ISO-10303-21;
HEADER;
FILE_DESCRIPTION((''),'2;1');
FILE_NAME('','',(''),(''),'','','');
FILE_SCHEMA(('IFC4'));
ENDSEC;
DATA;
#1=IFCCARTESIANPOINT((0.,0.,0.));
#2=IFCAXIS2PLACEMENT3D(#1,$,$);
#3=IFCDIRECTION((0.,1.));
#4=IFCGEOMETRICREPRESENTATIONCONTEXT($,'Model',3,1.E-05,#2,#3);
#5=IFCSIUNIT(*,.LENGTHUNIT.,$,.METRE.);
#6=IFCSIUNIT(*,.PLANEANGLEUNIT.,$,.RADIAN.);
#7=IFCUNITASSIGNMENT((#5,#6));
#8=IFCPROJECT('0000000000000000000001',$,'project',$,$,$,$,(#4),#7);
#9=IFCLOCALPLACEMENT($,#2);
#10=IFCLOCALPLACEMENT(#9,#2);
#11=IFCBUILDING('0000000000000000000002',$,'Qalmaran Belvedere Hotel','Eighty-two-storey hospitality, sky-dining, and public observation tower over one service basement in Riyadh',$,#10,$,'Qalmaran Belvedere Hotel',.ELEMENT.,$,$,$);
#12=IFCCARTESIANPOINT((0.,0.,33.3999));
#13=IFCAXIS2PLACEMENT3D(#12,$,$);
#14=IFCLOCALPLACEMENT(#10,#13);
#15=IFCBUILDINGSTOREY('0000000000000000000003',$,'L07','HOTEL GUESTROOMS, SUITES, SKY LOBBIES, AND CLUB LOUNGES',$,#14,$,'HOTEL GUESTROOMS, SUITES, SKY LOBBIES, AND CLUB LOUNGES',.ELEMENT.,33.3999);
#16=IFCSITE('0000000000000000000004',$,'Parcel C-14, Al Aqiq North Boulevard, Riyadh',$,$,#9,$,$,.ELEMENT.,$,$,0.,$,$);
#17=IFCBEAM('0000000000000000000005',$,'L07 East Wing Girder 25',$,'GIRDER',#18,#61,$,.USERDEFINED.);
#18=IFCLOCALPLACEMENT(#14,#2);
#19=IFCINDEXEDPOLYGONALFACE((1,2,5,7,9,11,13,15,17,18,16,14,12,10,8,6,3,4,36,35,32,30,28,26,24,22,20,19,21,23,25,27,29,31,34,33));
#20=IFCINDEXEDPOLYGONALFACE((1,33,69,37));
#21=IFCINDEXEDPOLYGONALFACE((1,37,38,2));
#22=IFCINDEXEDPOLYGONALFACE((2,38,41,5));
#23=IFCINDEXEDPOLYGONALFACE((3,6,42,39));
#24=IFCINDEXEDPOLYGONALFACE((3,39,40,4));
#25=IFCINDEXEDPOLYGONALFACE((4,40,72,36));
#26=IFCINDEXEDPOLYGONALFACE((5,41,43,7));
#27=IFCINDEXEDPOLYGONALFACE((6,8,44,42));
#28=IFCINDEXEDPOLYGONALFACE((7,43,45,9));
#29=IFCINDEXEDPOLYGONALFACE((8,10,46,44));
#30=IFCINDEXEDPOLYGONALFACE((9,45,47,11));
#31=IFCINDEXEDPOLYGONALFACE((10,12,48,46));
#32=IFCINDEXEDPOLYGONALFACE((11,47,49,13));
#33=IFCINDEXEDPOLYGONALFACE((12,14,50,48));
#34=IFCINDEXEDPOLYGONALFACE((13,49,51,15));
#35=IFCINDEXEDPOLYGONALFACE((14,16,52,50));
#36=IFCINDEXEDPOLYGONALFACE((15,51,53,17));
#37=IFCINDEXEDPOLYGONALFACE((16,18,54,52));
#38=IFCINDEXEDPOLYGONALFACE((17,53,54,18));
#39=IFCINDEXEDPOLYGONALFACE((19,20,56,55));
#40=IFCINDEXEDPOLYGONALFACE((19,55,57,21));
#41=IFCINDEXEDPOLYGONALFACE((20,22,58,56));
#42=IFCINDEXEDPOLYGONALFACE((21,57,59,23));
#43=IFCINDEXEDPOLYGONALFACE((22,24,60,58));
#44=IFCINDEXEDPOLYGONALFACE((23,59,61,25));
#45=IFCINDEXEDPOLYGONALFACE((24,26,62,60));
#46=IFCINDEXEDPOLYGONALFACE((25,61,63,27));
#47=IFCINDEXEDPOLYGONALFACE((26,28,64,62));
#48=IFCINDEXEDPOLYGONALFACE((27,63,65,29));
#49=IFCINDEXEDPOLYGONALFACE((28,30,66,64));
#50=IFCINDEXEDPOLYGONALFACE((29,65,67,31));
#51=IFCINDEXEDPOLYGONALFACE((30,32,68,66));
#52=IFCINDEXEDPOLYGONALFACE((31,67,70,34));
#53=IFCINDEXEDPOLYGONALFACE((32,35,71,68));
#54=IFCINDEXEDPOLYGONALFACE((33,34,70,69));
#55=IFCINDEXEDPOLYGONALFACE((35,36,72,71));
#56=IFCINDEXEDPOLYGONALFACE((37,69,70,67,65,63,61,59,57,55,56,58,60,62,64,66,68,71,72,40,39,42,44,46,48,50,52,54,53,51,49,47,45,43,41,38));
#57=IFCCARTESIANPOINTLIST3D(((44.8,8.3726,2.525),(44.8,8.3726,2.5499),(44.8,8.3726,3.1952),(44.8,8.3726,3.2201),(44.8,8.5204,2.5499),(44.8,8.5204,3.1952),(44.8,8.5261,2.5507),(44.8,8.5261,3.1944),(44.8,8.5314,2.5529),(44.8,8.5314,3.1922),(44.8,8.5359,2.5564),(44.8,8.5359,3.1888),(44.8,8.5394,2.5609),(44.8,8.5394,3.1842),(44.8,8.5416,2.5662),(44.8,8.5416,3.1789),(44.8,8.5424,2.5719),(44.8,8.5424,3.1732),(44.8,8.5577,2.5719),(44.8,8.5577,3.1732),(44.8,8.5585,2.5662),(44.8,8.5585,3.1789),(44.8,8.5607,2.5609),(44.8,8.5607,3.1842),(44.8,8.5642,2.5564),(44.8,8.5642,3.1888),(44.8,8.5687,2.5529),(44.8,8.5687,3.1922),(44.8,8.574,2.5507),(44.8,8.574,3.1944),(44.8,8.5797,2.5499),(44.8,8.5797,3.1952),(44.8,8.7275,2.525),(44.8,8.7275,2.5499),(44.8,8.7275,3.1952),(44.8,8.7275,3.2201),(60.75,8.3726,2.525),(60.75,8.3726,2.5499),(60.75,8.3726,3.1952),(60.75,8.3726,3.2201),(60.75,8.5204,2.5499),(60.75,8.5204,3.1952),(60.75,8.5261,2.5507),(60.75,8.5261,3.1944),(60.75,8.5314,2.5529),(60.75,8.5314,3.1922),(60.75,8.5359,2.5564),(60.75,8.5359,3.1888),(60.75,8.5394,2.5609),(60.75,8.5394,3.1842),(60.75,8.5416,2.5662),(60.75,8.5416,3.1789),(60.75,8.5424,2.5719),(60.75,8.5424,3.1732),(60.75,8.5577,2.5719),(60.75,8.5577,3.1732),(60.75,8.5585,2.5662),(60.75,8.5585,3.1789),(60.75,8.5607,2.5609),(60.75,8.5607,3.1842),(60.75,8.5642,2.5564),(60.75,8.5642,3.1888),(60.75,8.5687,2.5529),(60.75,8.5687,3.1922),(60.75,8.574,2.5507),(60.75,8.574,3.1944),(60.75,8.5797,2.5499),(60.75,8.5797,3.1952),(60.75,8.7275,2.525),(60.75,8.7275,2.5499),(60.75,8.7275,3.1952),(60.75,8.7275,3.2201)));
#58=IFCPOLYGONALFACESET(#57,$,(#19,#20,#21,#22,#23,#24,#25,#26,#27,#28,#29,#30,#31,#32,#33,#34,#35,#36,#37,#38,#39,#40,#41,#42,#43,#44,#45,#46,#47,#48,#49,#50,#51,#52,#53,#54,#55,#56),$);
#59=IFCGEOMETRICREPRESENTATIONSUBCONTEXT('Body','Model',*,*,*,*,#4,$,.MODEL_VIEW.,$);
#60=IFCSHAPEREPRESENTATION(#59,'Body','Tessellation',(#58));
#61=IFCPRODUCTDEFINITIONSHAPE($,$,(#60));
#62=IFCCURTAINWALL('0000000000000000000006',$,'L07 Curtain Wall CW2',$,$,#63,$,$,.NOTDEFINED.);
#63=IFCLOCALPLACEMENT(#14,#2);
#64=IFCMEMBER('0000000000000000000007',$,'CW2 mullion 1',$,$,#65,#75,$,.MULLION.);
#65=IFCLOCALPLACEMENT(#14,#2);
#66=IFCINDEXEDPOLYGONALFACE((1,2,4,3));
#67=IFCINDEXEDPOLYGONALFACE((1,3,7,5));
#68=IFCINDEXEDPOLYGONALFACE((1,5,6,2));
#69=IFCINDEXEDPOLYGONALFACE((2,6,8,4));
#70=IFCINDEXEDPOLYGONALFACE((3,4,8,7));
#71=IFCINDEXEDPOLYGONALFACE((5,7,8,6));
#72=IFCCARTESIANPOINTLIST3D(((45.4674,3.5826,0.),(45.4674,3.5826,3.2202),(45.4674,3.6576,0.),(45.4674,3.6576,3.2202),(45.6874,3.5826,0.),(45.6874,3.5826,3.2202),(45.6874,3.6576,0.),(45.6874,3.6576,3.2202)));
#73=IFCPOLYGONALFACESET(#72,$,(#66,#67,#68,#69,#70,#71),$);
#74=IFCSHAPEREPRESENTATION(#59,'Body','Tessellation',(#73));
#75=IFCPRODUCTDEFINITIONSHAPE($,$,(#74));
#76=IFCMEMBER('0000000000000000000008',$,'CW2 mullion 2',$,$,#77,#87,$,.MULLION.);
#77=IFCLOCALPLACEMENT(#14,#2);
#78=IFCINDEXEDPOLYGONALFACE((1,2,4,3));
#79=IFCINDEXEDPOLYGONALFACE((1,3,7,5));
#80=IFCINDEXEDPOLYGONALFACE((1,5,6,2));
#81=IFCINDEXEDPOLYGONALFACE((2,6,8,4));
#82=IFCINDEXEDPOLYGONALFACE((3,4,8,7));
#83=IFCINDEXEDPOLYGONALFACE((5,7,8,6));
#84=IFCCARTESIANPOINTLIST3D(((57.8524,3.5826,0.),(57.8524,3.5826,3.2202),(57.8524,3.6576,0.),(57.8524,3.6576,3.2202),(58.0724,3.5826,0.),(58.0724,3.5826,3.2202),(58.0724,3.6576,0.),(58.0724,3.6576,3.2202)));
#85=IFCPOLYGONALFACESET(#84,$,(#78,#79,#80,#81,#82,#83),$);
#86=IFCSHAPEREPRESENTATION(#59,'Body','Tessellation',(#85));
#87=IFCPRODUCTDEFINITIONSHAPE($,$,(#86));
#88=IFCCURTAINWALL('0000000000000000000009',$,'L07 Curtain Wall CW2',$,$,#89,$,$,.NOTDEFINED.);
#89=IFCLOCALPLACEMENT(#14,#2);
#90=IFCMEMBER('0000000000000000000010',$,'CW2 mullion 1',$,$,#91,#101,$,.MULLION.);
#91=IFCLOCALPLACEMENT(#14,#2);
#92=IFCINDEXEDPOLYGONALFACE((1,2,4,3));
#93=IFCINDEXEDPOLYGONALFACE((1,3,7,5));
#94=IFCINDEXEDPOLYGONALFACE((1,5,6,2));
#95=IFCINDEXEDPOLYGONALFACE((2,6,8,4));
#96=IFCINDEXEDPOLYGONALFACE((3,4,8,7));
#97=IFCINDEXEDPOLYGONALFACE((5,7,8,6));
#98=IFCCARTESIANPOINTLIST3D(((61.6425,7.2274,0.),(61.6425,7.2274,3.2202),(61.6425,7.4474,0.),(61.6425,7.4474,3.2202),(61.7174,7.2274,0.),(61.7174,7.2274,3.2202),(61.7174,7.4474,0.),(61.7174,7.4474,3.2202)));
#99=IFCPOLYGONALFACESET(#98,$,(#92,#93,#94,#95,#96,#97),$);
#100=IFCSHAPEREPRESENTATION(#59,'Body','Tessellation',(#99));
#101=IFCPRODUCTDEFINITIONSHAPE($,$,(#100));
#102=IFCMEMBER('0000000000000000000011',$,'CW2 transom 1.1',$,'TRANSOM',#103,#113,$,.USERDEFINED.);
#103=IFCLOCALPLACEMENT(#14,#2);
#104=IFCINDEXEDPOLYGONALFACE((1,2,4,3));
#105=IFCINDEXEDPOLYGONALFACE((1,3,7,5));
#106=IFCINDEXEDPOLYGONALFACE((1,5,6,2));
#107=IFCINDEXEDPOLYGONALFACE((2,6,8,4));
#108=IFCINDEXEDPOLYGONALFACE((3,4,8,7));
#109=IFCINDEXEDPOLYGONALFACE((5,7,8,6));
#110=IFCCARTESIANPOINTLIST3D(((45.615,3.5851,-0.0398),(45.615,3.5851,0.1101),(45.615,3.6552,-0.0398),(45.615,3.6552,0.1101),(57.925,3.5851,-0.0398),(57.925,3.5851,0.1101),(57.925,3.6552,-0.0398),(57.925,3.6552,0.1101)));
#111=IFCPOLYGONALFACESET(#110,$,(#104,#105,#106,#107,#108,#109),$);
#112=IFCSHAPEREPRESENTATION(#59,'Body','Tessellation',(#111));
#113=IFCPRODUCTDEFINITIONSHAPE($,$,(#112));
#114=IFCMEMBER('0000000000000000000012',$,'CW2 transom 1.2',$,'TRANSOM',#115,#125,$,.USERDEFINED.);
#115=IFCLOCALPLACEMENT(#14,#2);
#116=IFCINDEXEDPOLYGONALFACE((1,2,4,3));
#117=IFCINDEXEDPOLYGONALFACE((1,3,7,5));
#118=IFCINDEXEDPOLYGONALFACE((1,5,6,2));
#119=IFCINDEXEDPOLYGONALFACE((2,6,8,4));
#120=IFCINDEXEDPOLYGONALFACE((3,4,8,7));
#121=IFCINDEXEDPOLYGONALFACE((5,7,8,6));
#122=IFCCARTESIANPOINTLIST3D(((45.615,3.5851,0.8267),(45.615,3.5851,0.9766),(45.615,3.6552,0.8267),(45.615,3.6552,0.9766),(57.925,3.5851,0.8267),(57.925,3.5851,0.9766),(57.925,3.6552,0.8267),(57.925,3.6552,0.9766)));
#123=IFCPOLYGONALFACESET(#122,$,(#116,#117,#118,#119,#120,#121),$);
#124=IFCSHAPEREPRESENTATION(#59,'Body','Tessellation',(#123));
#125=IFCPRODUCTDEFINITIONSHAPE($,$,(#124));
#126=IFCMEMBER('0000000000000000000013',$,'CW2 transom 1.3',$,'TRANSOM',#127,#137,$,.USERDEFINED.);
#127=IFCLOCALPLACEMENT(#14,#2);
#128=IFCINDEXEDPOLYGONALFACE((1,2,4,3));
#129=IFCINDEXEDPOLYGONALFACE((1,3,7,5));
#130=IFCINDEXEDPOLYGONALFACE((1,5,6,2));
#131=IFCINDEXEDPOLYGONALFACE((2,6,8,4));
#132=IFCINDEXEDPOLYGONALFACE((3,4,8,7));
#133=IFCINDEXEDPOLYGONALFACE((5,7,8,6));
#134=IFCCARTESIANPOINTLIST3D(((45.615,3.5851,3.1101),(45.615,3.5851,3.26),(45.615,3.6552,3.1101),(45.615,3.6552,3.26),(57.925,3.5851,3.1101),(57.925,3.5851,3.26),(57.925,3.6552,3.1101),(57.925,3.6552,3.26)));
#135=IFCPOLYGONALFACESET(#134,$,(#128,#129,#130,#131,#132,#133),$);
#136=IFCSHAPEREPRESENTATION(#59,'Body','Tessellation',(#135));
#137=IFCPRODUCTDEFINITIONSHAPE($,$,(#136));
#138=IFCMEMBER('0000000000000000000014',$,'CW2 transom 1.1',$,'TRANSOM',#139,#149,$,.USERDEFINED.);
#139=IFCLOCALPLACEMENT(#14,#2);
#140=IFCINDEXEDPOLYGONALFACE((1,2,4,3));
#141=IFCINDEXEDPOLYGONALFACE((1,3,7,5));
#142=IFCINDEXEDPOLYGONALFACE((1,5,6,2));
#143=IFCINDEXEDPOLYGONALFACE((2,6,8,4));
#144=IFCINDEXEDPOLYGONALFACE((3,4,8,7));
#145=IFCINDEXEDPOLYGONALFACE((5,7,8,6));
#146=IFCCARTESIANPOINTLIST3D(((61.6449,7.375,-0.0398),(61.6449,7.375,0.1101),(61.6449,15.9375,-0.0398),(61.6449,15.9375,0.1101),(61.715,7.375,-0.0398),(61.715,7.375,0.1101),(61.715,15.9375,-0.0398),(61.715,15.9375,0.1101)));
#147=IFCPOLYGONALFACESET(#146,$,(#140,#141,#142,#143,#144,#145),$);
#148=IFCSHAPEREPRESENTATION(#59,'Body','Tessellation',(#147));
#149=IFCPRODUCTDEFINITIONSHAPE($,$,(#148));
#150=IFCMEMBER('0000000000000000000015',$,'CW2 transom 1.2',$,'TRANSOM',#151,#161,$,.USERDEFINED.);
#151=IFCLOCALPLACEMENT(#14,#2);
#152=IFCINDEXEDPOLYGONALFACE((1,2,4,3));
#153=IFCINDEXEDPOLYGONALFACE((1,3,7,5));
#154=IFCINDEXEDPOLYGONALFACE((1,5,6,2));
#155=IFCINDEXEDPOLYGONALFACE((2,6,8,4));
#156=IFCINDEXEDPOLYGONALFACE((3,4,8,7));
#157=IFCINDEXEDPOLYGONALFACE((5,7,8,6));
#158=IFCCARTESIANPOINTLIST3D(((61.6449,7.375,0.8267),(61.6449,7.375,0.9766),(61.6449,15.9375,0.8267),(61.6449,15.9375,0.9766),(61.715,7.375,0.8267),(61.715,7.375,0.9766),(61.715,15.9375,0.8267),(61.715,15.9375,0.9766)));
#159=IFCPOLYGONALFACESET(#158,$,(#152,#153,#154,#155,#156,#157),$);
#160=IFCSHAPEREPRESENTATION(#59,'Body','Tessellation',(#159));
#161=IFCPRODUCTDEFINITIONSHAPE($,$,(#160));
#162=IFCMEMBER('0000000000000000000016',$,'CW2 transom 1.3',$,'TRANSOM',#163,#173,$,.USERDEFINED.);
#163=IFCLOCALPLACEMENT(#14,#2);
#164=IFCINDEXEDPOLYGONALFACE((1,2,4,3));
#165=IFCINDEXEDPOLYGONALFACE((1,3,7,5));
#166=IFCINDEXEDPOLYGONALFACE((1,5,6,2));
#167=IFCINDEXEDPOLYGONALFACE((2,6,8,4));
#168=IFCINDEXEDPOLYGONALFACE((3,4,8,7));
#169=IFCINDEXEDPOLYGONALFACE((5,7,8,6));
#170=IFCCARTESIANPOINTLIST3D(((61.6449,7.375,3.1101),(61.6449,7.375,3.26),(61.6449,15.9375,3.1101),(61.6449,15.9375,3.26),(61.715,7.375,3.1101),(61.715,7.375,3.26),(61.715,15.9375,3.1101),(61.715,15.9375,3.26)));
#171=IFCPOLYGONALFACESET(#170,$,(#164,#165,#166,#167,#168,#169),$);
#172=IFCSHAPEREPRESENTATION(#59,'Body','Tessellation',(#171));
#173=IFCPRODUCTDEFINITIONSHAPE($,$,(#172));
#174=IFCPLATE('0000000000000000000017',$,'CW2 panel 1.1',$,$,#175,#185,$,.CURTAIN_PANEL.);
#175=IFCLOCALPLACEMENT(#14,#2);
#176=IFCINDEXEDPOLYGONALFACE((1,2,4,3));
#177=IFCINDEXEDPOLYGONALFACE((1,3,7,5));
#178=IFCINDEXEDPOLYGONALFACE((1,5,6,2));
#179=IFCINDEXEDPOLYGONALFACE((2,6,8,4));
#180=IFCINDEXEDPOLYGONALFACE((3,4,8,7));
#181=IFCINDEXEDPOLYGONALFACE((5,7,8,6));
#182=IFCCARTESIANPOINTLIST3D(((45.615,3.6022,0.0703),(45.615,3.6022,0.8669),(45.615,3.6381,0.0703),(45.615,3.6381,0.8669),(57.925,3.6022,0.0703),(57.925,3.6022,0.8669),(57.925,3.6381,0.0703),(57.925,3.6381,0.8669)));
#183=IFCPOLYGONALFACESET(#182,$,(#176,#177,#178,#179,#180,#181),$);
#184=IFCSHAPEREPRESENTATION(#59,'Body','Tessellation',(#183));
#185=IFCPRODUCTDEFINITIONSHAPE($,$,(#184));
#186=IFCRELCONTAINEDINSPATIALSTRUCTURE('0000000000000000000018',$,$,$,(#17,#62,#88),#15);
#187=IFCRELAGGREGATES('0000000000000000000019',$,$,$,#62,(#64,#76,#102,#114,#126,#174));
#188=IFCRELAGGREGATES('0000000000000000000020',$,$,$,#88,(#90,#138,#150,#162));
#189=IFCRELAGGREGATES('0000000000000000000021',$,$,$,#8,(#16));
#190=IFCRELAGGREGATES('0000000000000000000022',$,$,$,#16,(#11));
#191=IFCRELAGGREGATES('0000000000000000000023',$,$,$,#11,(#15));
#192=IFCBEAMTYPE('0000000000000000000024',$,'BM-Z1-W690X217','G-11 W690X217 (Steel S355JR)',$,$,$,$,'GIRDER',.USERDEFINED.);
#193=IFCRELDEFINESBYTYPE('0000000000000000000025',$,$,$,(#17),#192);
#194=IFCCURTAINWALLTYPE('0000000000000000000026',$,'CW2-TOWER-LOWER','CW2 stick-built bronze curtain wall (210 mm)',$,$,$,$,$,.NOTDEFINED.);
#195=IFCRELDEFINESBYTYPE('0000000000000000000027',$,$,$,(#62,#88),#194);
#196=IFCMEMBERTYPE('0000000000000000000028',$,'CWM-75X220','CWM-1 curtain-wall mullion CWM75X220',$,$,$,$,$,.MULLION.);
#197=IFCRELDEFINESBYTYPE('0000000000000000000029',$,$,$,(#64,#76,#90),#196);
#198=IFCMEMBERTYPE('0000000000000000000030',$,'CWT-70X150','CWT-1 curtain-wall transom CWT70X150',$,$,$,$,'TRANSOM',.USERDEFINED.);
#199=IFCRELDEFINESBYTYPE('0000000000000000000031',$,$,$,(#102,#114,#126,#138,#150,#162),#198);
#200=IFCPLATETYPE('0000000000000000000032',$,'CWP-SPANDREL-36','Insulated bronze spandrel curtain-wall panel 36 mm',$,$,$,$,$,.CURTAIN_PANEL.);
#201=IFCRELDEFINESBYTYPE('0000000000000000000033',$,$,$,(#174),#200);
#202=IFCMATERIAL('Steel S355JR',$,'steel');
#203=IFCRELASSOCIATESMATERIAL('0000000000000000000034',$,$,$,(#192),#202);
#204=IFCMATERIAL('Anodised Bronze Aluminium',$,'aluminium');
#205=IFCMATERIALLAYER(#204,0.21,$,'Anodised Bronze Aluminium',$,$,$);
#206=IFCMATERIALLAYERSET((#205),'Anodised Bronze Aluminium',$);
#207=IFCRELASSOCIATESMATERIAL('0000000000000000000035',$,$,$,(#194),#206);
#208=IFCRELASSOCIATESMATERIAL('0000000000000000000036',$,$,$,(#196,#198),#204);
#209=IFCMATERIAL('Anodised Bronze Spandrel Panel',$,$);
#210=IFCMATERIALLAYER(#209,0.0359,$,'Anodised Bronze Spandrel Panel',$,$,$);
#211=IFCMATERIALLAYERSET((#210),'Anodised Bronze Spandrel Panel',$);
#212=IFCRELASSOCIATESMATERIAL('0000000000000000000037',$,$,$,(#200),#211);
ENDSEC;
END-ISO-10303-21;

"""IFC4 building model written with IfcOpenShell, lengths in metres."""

from ifc_helpers import new_model, si_unit, direction, frame, origin, origin_2d, place, context, subcontext, project, spatial, rectangle, i_section, extrude, material, layer, layer_set, material_profile, profile_set, type_object, element, aggregate, save


model = new_model("IFC4")

# Units and contexts
model_context = context("Model", 3, precision=1e-05, world=origin(), true_north=direction((0.0, 1.0)))
body_context = subcontext(model_context, "Body", "Model", "MODEL_VIEW")
ifc_project = project(units=[si_unit("LENGTHUNIT", "METRE"), si_unit("PLANEANGLEUNIT", "RADIAN")], contexts=[model_context])

# Site, building, storey
site_placement = place(None, origin())
site = spatial("IfcSite", under=ifc_project, at=site_placement, Name="Parcel C-14, Al Aqiq North Boulevard, Riyadh", CompositionType="ELEMENT", RefElevation=0.0)
building_placement = place(site_placement, origin())
building = spatial("IfcBuilding", under=site, at=building_placement, Name="Qalmaran Belvedere Hotel", Description="Eighty-two-storey hospitality, sky-dining, and public observation tower over one service basement in Riyadh", LongName="Qalmaran Belvedere Hotel", CompositionType="ELEMENT")
storey_placement = place(building_placement, frame((0.0, 0.0, 33.3999)))
storey = spatial("IfcBuildingStorey", under=building, at=storey_placement, Name="L07", Description="HOTEL GUESTROOMS, SUITES, SKY LOBBIES, AND CLUB LOUNGES", LongName="HOTEL GUESTROOMS, SUITES, SKY LOBBIES, AND CLUB LOUNGES", CompositionType="ELEMENT", Elevation=33.3999)

# Beam
ifc_material_1 = material(Name="Steel S355JR", Category="steel")
ifc_material_profile_1 = material_profile(ifc_material_1, i_section(OverallWidth=0.355, OverallDepth=0.6951, WebThickness=0.0154, FlangeThickness=0.0249, FilletRadius=0.022, at=origin_2d()), Name="W690X217")
ifc_profile_set_1 = profile_set([ifc_material_profile_1], Name="Steel S355JR")
beam_type_1 = type_object("IfcBeamType", Name="BM-Z1-W690X217", Description="G-11 W690X217 (Steel S355JR)", ElementType="GIRDER", PredefinedType="USERDEFINED", material=ifc_profile_set_1)
beam_1_placement = place(storey_placement, frame((44.8, 8.55, 2.8726), z_axis=(1.0, 0.0, 0.0), x_axis=(0.0, 1.0, 0.0)))
element("IfcBeam", 1, at=beam_1_placement, inside=storey, type_object=beam_type_1, Name="L07 East Wing Girder 25", ObjectType="GIRDER", PredefinedType="USERDEFINED", context=body_context, shape_type="SweptSolid", body=[
    extrude(i_section(OverallWidth=0.355, OverallDepth=0.6951, WebThickness=0.0154, FlangeThickness=0.0249, FilletRadius=0.022, at=origin_2d()), origin(), (0.0, 0.0, 1.0), 15.95),
])

# Curtain wall, members
ifc_material_2 = material(Name="Anodised Bronze Aluminium", Category="aluminium")
ifc_layer_1 = layer(ifc_material_2, 0.21, Name="Anodised Bronze Aluminium")
ifc_layer_set_1 = layer_set([ifc_layer_1], Name="Anodised Bronze Aluminium")
curtain_wall_type = type_object("IfcCurtainWallType", Name="CW2-TOWER-LOWER", Description="CW2 stick-built bronze curtain wall (210 mm)", PredefinedType="NOTDEFINED", material=ifc_layer_set_1)
curtain_wall_1_placement = place(storey_placement, origin())
curtain_wall_1 = element("IfcCurtainWall", 2, at=curtain_wall_1_placement, inside=storey, type_object=curtain_wall_type, Name="L07 Curtain Wall CW2", PredefinedType="NOTDEFINED")
ifc_material_profile_2 = material_profile(ifc_material_2, rectangle(XDim=0.075, YDim=0.22, at=origin_2d()), Name="CWM75X220")
ifc_profile_set_2 = profile_set([ifc_material_profile_2], Name="Anodised Bronze Aluminium")
member_type_1 = type_object("IfcMemberType", Name="CWM-75X220", Description="CWM-1 curtain-wall mullion CWM75X220", PredefinedType="MULLION", material=ifc_profile_set_2)
member_1_placement = place(storey_placement, frame((45.5774, 3.6201, 0.0), z_axis=(0.0, 0.0, 1.0), x_axis=(0.0, 1.0, 0.0)))
member_1 = element("IfcMember", 3, at=member_1_placement, type_object=member_type_1, Name="CW2 mullion 1", PredefinedType="MULLION", context=body_context, shape_type="SweptSolid", body=[
    extrude(rectangle(XDim=0.075, YDim=0.22, at=origin_2d()), origin(), (0.0, 0.0, 1.0), 3.2202),
])
member_2_placement = place(storey_placement, frame((57.9624, 3.6201, 0.0), z_axis=(0.0, 0.0, 1.0), x_axis=(0.0, 1.0, 0.0)))
member_2 = element("IfcMember", 4, at=member_2_placement, type_object=member_type_1, Name="CW2 mullion 2", PredefinedType="MULLION", context=body_context, shape_type="SweptSolid", body=[
    extrude(rectangle(XDim=0.075, YDim=0.22, at=origin_2d()), origin(), (0.0, 0.0, 1.0), 3.2202),
])

# Curtain wall, member
curtain_wall_2_placement = place(storey_placement, origin())
curtain_wall_2 = element("IfcCurtainWall", 5, at=curtain_wall_2_placement, inside=storey, type_object=curtain_wall_type, Name="L07 Curtain Wall CW2", PredefinedType="NOTDEFINED")
member_3_placement = place(storey_placement, frame((61.6799, 7.3374, 0.0), z_axis=(0.0, 0.0, 1.0), x_axis=(-1.0, 0.0, 0.0)))
member_3 = element("IfcMember", 6, at=member_3_placement, type_object=member_type_1, Name="CW2 mullion 1", PredefinedType="MULLION", context=body_context, shape_type="SweptSolid", body=[
    extrude(rectangle(XDim=0.075, YDim=0.22, at=origin_2d()), origin(), (0.0, 0.0, 1.0), 3.2202),
])

# Members
ifc_material_profile_3 = material_profile(ifc_material_2, rectangle(XDim=0.0701, YDim=0.1499, at=origin_2d()), Name="CWT70X150")
ifc_profile_set_3 = profile_set([ifc_material_profile_3], Name="Anodised Bronze Aluminium")
member_type_2 = type_object("IfcMemberType", Name="CWT-70X150", Description="CWT-1 curtain-wall transom CWT70X150", ElementType="TRANSOM", PredefinedType="USERDEFINED", material=ifc_profile_set_3)
member_4_placement = place(storey_placement, frame((45.615, 3.6201, 0.0352), z_axis=(1.0, 0.0, 0.0), x_axis=(0.0, 1.0, 0.0)))
member_4 = element("IfcMember", 7, at=member_4_placement, type_object=member_type_2, Name="CW2 transom 1.1", ObjectType="TRANSOM", PredefinedType="USERDEFINED", context=body_context, shape_type="SweptSolid", body=[
    extrude(rectangle(XDim=0.0701, YDim=0.1499, at=origin_2d()), origin(), (0.0, 0.0, 1.0), 12.3101),
])
member_5_placement = place(storey_placement, frame((45.615, 3.6201, 0.9016), z_axis=(1.0, 0.0, 0.0), x_axis=(0.0, 1.0, 0.0)))
member_5 = element("IfcMember", 8, at=member_5_placement, type_object=member_type_2, Name="CW2 transom 1.2", ObjectType="TRANSOM", PredefinedType="USERDEFINED", context=body_context, shape_type="SweptSolid", body=[
    extrude(rectangle(XDim=0.0701, YDim=0.1499, at=origin_2d()), origin(), (0.0, 0.0, 1.0), 12.3101),
])
member_6_placement = place(storey_placement, frame((45.615, 3.6201, 3.1851), z_axis=(1.0, 0.0, 0.0), x_axis=(0.0, 1.0, 0.0)))
member_6 = element("IfcMember", 9, at=member_6_placement, type_object=member_type_2, Name="CW2 transom 1.3", ObjectType="TRANSOM", PredefinedType="USERDEFINED", context=body_context, shape_type="SweptSolid", body=[
    extrude(rectangle(XDim=0.0701, YDim=0.1499, at=origin_2d()), origin(), (0.0, 0.0, 1.0), 12.3101),
])
member_7_placement = place(storey_placement, frame((61.6799, 7.375, 0.0352), z_axis=(0.0, 1.0, 0.0), x_axis=(-1.0, 0.0, 0.0)))
member_7 = element("IfcMember", 10, at=member_7_placement, type_object=member_type_2, Name="CW2 transom 1.1", ObjectType="TRANSOM", PredefinedType="USERDEFINED", context=body_context, shape_type="SweptSolid", body=[
    extrude(rectangle(XDim=0.0701, YDim=0.1499, at=origin_2d()), origin(), (0.0, 0.0, 1.0), 8.5625),
])
member_8_placement = place(storey_placement, frame((61.6799, 7.375, 0.9016), z_axis=(0.0, 1.0, 0.0), x_axis=(-1.0, 0.0, 0.0)))
member_8 = element("IfcMember", 11, at=member_8_placement, type_object=member_type_2, Name="CW2 transom 1.2", ObjectType="TRANSOM", PredefinedType="USERDEFINED", context=body_context, shape_type="SweptSolid", body=[
    extrude(rectangle(XDim=0.0701, YDim=0.1499, at=origin_2d()), origin(), (0.0, 0.0, 1.0), 8.5625),
])
member_9_placement = place(storey_placement, frame((61.6799, 7.375, 3.1851), z_axis=(0.0, 1.0, 0.0), x_axis=(-1.0, 0.0, 0.0)))
member_9 = element("IfcMember", 12, at=member_9_placement, type_object=member_type_2, Name="CW2 transom 1.3", ObjectType="TRANSOM", PredefinedType="USERDEFINED", context=body_context, shape_type="SweptSolid", body=[
    extrude(rectangle(XDim=0.0701, YDim=0.1499, at=origin_2d()), origin(), (0.0, 0.0, 1.0), 8.5625),
])

# Plate
ifc_material_3 = material(Name="Anodised Bronze Spandrel Panel")
ifc_layer_2 = layer(ifc_material_3, 0.0359, Name="Anodised Bronze Spandrel Panel")
ifc_layer_set_2 = layer_set([ifc_layer_2], Name="Anodised Bronze Spandrel Panel")
plate_type_1 = type_object("IfcPlateType", Name="CWP-SPANDREL-36", Description="Insulated bronze spandrel curtain-wall panel 36 mm", PredefinedType="CURTAIN_PANEL", material=ifc_layer_set_2)
plate_1_placement = place(storey_placement, frame((51.77, 3.6201, 0.0703), z_axis=(0.0, 0.0, 1.0), x_axis=(1.0, 0.0, 0.0)))
plate_1 = element("IfcPlate", 13, at=plate_1_placement, type_object=plate_type_1, Name="CW2 panel 1.1", PredefinedType="CURTAIN_PANEL", context=body_context, shape_type="SweptSolid", body=[
    extrude(rectangle(XDim=12.3101, YDim=0.0359, at=origin_2d()), origin(), (0.0, 0.0, 1.0), 0.7966),
])
aggregate(curtain_wall_1, [member_1, member_2, member_4, member_5, member_6, plate_1])
aggregate(curtain_wall_2, [member_3, member_7, member_8, member_9])

save(model, "model.ifc")
